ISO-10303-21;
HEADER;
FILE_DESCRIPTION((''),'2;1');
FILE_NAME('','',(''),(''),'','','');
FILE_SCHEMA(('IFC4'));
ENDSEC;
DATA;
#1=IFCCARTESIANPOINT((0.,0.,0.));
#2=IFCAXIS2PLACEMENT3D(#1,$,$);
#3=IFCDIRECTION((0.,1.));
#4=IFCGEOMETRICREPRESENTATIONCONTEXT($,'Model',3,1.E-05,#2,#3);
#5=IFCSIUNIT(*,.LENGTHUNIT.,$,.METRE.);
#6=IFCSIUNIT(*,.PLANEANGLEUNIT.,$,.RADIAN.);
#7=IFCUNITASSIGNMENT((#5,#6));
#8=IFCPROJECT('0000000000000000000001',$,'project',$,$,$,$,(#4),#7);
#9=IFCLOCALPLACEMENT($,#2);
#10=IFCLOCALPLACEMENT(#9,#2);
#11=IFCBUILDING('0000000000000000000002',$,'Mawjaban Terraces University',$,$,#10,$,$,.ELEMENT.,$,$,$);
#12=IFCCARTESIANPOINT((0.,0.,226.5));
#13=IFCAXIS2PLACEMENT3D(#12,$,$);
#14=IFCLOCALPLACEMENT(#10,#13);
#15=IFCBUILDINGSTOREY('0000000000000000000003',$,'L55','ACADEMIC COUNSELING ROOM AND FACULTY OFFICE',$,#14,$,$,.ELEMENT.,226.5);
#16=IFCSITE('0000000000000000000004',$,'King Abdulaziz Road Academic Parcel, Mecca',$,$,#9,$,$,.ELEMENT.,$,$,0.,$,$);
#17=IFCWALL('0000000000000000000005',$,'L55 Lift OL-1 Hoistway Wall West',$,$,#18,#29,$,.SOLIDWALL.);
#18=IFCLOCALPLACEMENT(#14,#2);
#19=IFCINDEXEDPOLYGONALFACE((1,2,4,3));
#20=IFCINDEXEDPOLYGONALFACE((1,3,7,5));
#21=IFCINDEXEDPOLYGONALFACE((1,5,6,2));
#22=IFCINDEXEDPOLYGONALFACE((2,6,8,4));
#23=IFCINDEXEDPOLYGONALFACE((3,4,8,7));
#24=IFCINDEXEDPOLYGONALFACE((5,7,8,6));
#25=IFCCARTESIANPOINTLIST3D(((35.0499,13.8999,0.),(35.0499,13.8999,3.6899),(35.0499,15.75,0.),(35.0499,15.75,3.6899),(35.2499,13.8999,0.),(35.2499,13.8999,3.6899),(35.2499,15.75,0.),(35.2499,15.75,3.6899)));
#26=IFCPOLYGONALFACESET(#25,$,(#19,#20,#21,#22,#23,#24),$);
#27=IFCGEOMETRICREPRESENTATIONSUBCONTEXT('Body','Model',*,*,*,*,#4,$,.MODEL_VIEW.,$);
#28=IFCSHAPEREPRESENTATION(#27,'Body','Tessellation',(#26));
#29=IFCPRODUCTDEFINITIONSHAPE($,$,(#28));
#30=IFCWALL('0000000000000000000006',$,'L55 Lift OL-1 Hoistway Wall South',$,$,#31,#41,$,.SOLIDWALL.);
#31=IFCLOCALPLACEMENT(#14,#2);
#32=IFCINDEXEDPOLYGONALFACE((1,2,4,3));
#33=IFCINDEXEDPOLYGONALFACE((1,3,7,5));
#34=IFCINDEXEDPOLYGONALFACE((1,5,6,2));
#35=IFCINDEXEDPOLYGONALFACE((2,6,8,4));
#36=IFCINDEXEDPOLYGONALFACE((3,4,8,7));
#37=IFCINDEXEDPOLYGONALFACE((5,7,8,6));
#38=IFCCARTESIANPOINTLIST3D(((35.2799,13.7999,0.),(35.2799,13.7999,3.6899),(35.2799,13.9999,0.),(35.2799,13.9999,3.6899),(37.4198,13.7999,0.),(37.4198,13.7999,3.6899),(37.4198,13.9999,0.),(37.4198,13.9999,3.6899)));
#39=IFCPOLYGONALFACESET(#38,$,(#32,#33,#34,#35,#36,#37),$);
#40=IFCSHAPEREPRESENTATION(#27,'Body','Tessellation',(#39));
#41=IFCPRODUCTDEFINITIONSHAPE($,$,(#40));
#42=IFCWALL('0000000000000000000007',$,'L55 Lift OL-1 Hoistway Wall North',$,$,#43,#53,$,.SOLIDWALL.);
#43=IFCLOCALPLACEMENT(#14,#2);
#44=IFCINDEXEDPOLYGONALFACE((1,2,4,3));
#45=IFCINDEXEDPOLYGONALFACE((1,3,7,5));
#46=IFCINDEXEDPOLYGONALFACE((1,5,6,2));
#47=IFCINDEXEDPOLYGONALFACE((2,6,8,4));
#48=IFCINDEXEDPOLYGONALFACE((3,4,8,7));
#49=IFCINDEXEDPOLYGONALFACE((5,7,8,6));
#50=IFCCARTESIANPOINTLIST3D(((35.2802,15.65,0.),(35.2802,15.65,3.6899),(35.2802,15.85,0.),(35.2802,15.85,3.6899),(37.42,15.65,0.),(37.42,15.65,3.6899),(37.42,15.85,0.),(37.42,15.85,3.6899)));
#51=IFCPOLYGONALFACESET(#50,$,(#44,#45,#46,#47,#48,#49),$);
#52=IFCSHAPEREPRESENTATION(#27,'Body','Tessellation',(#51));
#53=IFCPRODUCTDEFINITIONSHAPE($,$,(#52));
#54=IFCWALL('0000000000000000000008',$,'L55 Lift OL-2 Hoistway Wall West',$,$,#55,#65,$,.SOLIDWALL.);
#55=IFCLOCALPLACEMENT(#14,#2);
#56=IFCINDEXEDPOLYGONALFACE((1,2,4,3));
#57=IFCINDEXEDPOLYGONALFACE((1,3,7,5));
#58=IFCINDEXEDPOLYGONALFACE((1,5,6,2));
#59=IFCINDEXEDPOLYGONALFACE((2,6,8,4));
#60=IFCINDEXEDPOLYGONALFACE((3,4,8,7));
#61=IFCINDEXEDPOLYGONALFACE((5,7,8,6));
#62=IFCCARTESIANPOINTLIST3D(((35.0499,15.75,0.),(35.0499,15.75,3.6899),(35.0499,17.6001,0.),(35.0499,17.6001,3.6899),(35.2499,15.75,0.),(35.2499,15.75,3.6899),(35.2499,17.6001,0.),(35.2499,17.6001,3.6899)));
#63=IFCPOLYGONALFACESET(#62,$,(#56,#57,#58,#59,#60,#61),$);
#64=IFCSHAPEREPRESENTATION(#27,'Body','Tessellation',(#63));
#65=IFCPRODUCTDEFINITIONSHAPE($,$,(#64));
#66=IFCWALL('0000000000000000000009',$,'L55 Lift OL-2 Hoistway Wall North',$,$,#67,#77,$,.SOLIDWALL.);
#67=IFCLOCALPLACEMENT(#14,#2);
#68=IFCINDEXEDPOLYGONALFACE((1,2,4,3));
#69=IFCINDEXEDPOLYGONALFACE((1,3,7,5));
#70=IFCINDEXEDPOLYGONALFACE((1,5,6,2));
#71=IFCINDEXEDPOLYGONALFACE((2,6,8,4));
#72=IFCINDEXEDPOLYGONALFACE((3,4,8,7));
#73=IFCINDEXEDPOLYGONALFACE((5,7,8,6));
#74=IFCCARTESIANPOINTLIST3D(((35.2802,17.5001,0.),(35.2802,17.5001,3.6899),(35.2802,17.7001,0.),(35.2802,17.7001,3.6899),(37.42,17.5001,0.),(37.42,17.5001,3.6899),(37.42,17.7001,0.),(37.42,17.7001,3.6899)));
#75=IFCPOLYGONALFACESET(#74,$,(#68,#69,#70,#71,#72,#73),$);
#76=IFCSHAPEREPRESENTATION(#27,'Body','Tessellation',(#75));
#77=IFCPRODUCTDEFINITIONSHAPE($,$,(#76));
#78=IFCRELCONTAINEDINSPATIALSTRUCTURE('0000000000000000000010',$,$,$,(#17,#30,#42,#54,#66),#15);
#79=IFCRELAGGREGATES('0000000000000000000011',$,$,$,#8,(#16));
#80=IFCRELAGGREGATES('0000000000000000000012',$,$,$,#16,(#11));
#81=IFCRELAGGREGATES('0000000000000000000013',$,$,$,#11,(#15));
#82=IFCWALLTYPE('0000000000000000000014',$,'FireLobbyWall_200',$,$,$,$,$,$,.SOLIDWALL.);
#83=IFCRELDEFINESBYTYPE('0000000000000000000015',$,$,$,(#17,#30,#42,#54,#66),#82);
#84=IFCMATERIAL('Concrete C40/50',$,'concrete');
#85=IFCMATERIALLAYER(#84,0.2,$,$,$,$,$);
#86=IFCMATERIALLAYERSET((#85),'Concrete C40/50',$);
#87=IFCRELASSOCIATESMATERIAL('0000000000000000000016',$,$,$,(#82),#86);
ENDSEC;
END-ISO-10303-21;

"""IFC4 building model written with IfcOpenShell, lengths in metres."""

from ifc_helpers import new_model, si_unit, direction, frame, frame_2d, origin, place, context, subcontext, project, spatial, rectangle, extrude, material, layer, layer_set, type_object, element, save


model = new_model("IFC4")

# Units and contexts
model_context = context("Model", 3, precision=1e-05, world=origin(), true_north=direction((0.0, 1.0)))
body_context = subcontext(model_context, "Body", "Model", "MODEL_VIEW")
ifc_project = project(units=[si_unit("LENGTHUNIT", "METRE"), si_unit("PLANEANGLEUNIT", "RADIAN")], contexts=[model_context])

# Site, building, storey
site_placement = place(None, origin())
site = spatial("IfcSite", under=ifc_project, at=site_placement, Name="King Abdulaziz Road Academic Parcel, Mecca", CompositionType="ELEMENT", RefElevation=0.0)
building_placement = place(site_placement, origin())
building = spatial("IfcBuilding", under=site, at=building_placement, Name="Mawjaban Terraces University", CompositionType="ELEMENT")
storey_placement = place(building_placement, frame((0.0, 0.0, 226.5)))
storey = spatial("IfcBuildingStorey", under=building, at=storey_placement, Name="L55", Description="ACADEMIC COUNSELING ROOM AND FACULTY OFFICE", CompositionType="ELEMENT", Elevation=226.5)

# Shared definitions
ifc_material_1 = material(Name="Concrete C40/50", Category="concrete")
ifc_layer_1 = layer(ifc_material_1, 0.2)
ifc_layer_set_1 = layer_set([ifc_layer_1], Name="Concrete C40/50")
wall_type_1 = type_object("IfcWallType", Name="FireLobbyWall_200", PredefinedType="SOLIDWALL", material=ifc_layer_set_1)

# Walls
wall_1_placement = place(storey_placement, frame((35.1499, 15.75, 0.0), z_axis=(0.0, 0.0, 1.0), x_axis=(0.0, -1.0, 0.0)))
element("IfcWall", 1, at=wall_1_placement, inside=storey, type_object=wall_type_1, Name="L55 Lift OL-1 Hoistway Wall West", PredefinedType="SOLIDWALL", context=body_context, shape_type="SweptSolid", body=[
    extrude(rectangle(XDim=1.8501, YDim=0.2, at=frame_2d((0.925, 0.0))), origin(), (0.0, 0.0, 1.0), 3.6899),
])
for number, where, z_axis, x_axis, name in (
    (2, (35.28, 13.8999, 0.0), (0.0, 0.0, 1.0), (1.0, 0.0, 0.0), "L55 Lift OL-1 Hoistway Wall South"),
    (3, (37.4199, 15.75, 0.0), (0.0, 0.0, 1.0), (-1.0, 0.0, 0.0), "L55 Lift OL-1 Hoistway Wall North"),
):
    element("IfcWall", number, at=place(storey_placement, frame(where, z_axis=z_axis, x_axis=x_axis)), inside=storey, type_object=wall_type_1, Name=name, PredefinedType="SOLIDWALL", context=body_context, shape_type="SweptSolid", body=[
        extrude(rectangle(XDim=2.1399, YDim=0.2, at=frame_2d((1.0698, 0.0))), origin(), (0.0, 0.0, 1.0), 3.6899),
    ])
wall_2_placement = place(storey_placement, frame((35.1499, 17.6001, 0.0), z_axis=(0.0, 0.0, 1.0), x_axis=(0.0, -1.0, 0.0)))
element("IfcWall", 4, at=wall_2_placement, inside=storey, type_object=wall_type_1, Name="L55 Lift OL-2 Hoistway Wall West", PredefinedType="SOLIDWALL", context=body_context, shape_type="SweptSolid", body=[
    extrude(rectangle(XDim=1.8501, YDim=0.2, at=frame_2d((0.925, 0.0))), origin(), (0.0, 0.0, 1.0), 3.6899),
])
wall_3_placement = place(storey_placement, frame((37.4199, 17.6001, 0.0), z_axis=(0.0, 0.0, 1.0), x_axis=(-1.0, 0.0, 0.0)))
element("IfcWall", 5, at=wall_3_placement, inside=storey, type_object=wall_type_1, Name="L55 Lift OL-2 Hoistway Wall North", PredefinedType="SOLIDWALL", context=body_context, shape_type="SweptSolid", body=[
    extrude(rectangle(XDim=2.1399, YDim=0.2, at=frame_2d((1.0698, 0.0))), origin(), (0.0, 0.0, 1.0), 3.6899),
])

save(model, "model.ifc")
